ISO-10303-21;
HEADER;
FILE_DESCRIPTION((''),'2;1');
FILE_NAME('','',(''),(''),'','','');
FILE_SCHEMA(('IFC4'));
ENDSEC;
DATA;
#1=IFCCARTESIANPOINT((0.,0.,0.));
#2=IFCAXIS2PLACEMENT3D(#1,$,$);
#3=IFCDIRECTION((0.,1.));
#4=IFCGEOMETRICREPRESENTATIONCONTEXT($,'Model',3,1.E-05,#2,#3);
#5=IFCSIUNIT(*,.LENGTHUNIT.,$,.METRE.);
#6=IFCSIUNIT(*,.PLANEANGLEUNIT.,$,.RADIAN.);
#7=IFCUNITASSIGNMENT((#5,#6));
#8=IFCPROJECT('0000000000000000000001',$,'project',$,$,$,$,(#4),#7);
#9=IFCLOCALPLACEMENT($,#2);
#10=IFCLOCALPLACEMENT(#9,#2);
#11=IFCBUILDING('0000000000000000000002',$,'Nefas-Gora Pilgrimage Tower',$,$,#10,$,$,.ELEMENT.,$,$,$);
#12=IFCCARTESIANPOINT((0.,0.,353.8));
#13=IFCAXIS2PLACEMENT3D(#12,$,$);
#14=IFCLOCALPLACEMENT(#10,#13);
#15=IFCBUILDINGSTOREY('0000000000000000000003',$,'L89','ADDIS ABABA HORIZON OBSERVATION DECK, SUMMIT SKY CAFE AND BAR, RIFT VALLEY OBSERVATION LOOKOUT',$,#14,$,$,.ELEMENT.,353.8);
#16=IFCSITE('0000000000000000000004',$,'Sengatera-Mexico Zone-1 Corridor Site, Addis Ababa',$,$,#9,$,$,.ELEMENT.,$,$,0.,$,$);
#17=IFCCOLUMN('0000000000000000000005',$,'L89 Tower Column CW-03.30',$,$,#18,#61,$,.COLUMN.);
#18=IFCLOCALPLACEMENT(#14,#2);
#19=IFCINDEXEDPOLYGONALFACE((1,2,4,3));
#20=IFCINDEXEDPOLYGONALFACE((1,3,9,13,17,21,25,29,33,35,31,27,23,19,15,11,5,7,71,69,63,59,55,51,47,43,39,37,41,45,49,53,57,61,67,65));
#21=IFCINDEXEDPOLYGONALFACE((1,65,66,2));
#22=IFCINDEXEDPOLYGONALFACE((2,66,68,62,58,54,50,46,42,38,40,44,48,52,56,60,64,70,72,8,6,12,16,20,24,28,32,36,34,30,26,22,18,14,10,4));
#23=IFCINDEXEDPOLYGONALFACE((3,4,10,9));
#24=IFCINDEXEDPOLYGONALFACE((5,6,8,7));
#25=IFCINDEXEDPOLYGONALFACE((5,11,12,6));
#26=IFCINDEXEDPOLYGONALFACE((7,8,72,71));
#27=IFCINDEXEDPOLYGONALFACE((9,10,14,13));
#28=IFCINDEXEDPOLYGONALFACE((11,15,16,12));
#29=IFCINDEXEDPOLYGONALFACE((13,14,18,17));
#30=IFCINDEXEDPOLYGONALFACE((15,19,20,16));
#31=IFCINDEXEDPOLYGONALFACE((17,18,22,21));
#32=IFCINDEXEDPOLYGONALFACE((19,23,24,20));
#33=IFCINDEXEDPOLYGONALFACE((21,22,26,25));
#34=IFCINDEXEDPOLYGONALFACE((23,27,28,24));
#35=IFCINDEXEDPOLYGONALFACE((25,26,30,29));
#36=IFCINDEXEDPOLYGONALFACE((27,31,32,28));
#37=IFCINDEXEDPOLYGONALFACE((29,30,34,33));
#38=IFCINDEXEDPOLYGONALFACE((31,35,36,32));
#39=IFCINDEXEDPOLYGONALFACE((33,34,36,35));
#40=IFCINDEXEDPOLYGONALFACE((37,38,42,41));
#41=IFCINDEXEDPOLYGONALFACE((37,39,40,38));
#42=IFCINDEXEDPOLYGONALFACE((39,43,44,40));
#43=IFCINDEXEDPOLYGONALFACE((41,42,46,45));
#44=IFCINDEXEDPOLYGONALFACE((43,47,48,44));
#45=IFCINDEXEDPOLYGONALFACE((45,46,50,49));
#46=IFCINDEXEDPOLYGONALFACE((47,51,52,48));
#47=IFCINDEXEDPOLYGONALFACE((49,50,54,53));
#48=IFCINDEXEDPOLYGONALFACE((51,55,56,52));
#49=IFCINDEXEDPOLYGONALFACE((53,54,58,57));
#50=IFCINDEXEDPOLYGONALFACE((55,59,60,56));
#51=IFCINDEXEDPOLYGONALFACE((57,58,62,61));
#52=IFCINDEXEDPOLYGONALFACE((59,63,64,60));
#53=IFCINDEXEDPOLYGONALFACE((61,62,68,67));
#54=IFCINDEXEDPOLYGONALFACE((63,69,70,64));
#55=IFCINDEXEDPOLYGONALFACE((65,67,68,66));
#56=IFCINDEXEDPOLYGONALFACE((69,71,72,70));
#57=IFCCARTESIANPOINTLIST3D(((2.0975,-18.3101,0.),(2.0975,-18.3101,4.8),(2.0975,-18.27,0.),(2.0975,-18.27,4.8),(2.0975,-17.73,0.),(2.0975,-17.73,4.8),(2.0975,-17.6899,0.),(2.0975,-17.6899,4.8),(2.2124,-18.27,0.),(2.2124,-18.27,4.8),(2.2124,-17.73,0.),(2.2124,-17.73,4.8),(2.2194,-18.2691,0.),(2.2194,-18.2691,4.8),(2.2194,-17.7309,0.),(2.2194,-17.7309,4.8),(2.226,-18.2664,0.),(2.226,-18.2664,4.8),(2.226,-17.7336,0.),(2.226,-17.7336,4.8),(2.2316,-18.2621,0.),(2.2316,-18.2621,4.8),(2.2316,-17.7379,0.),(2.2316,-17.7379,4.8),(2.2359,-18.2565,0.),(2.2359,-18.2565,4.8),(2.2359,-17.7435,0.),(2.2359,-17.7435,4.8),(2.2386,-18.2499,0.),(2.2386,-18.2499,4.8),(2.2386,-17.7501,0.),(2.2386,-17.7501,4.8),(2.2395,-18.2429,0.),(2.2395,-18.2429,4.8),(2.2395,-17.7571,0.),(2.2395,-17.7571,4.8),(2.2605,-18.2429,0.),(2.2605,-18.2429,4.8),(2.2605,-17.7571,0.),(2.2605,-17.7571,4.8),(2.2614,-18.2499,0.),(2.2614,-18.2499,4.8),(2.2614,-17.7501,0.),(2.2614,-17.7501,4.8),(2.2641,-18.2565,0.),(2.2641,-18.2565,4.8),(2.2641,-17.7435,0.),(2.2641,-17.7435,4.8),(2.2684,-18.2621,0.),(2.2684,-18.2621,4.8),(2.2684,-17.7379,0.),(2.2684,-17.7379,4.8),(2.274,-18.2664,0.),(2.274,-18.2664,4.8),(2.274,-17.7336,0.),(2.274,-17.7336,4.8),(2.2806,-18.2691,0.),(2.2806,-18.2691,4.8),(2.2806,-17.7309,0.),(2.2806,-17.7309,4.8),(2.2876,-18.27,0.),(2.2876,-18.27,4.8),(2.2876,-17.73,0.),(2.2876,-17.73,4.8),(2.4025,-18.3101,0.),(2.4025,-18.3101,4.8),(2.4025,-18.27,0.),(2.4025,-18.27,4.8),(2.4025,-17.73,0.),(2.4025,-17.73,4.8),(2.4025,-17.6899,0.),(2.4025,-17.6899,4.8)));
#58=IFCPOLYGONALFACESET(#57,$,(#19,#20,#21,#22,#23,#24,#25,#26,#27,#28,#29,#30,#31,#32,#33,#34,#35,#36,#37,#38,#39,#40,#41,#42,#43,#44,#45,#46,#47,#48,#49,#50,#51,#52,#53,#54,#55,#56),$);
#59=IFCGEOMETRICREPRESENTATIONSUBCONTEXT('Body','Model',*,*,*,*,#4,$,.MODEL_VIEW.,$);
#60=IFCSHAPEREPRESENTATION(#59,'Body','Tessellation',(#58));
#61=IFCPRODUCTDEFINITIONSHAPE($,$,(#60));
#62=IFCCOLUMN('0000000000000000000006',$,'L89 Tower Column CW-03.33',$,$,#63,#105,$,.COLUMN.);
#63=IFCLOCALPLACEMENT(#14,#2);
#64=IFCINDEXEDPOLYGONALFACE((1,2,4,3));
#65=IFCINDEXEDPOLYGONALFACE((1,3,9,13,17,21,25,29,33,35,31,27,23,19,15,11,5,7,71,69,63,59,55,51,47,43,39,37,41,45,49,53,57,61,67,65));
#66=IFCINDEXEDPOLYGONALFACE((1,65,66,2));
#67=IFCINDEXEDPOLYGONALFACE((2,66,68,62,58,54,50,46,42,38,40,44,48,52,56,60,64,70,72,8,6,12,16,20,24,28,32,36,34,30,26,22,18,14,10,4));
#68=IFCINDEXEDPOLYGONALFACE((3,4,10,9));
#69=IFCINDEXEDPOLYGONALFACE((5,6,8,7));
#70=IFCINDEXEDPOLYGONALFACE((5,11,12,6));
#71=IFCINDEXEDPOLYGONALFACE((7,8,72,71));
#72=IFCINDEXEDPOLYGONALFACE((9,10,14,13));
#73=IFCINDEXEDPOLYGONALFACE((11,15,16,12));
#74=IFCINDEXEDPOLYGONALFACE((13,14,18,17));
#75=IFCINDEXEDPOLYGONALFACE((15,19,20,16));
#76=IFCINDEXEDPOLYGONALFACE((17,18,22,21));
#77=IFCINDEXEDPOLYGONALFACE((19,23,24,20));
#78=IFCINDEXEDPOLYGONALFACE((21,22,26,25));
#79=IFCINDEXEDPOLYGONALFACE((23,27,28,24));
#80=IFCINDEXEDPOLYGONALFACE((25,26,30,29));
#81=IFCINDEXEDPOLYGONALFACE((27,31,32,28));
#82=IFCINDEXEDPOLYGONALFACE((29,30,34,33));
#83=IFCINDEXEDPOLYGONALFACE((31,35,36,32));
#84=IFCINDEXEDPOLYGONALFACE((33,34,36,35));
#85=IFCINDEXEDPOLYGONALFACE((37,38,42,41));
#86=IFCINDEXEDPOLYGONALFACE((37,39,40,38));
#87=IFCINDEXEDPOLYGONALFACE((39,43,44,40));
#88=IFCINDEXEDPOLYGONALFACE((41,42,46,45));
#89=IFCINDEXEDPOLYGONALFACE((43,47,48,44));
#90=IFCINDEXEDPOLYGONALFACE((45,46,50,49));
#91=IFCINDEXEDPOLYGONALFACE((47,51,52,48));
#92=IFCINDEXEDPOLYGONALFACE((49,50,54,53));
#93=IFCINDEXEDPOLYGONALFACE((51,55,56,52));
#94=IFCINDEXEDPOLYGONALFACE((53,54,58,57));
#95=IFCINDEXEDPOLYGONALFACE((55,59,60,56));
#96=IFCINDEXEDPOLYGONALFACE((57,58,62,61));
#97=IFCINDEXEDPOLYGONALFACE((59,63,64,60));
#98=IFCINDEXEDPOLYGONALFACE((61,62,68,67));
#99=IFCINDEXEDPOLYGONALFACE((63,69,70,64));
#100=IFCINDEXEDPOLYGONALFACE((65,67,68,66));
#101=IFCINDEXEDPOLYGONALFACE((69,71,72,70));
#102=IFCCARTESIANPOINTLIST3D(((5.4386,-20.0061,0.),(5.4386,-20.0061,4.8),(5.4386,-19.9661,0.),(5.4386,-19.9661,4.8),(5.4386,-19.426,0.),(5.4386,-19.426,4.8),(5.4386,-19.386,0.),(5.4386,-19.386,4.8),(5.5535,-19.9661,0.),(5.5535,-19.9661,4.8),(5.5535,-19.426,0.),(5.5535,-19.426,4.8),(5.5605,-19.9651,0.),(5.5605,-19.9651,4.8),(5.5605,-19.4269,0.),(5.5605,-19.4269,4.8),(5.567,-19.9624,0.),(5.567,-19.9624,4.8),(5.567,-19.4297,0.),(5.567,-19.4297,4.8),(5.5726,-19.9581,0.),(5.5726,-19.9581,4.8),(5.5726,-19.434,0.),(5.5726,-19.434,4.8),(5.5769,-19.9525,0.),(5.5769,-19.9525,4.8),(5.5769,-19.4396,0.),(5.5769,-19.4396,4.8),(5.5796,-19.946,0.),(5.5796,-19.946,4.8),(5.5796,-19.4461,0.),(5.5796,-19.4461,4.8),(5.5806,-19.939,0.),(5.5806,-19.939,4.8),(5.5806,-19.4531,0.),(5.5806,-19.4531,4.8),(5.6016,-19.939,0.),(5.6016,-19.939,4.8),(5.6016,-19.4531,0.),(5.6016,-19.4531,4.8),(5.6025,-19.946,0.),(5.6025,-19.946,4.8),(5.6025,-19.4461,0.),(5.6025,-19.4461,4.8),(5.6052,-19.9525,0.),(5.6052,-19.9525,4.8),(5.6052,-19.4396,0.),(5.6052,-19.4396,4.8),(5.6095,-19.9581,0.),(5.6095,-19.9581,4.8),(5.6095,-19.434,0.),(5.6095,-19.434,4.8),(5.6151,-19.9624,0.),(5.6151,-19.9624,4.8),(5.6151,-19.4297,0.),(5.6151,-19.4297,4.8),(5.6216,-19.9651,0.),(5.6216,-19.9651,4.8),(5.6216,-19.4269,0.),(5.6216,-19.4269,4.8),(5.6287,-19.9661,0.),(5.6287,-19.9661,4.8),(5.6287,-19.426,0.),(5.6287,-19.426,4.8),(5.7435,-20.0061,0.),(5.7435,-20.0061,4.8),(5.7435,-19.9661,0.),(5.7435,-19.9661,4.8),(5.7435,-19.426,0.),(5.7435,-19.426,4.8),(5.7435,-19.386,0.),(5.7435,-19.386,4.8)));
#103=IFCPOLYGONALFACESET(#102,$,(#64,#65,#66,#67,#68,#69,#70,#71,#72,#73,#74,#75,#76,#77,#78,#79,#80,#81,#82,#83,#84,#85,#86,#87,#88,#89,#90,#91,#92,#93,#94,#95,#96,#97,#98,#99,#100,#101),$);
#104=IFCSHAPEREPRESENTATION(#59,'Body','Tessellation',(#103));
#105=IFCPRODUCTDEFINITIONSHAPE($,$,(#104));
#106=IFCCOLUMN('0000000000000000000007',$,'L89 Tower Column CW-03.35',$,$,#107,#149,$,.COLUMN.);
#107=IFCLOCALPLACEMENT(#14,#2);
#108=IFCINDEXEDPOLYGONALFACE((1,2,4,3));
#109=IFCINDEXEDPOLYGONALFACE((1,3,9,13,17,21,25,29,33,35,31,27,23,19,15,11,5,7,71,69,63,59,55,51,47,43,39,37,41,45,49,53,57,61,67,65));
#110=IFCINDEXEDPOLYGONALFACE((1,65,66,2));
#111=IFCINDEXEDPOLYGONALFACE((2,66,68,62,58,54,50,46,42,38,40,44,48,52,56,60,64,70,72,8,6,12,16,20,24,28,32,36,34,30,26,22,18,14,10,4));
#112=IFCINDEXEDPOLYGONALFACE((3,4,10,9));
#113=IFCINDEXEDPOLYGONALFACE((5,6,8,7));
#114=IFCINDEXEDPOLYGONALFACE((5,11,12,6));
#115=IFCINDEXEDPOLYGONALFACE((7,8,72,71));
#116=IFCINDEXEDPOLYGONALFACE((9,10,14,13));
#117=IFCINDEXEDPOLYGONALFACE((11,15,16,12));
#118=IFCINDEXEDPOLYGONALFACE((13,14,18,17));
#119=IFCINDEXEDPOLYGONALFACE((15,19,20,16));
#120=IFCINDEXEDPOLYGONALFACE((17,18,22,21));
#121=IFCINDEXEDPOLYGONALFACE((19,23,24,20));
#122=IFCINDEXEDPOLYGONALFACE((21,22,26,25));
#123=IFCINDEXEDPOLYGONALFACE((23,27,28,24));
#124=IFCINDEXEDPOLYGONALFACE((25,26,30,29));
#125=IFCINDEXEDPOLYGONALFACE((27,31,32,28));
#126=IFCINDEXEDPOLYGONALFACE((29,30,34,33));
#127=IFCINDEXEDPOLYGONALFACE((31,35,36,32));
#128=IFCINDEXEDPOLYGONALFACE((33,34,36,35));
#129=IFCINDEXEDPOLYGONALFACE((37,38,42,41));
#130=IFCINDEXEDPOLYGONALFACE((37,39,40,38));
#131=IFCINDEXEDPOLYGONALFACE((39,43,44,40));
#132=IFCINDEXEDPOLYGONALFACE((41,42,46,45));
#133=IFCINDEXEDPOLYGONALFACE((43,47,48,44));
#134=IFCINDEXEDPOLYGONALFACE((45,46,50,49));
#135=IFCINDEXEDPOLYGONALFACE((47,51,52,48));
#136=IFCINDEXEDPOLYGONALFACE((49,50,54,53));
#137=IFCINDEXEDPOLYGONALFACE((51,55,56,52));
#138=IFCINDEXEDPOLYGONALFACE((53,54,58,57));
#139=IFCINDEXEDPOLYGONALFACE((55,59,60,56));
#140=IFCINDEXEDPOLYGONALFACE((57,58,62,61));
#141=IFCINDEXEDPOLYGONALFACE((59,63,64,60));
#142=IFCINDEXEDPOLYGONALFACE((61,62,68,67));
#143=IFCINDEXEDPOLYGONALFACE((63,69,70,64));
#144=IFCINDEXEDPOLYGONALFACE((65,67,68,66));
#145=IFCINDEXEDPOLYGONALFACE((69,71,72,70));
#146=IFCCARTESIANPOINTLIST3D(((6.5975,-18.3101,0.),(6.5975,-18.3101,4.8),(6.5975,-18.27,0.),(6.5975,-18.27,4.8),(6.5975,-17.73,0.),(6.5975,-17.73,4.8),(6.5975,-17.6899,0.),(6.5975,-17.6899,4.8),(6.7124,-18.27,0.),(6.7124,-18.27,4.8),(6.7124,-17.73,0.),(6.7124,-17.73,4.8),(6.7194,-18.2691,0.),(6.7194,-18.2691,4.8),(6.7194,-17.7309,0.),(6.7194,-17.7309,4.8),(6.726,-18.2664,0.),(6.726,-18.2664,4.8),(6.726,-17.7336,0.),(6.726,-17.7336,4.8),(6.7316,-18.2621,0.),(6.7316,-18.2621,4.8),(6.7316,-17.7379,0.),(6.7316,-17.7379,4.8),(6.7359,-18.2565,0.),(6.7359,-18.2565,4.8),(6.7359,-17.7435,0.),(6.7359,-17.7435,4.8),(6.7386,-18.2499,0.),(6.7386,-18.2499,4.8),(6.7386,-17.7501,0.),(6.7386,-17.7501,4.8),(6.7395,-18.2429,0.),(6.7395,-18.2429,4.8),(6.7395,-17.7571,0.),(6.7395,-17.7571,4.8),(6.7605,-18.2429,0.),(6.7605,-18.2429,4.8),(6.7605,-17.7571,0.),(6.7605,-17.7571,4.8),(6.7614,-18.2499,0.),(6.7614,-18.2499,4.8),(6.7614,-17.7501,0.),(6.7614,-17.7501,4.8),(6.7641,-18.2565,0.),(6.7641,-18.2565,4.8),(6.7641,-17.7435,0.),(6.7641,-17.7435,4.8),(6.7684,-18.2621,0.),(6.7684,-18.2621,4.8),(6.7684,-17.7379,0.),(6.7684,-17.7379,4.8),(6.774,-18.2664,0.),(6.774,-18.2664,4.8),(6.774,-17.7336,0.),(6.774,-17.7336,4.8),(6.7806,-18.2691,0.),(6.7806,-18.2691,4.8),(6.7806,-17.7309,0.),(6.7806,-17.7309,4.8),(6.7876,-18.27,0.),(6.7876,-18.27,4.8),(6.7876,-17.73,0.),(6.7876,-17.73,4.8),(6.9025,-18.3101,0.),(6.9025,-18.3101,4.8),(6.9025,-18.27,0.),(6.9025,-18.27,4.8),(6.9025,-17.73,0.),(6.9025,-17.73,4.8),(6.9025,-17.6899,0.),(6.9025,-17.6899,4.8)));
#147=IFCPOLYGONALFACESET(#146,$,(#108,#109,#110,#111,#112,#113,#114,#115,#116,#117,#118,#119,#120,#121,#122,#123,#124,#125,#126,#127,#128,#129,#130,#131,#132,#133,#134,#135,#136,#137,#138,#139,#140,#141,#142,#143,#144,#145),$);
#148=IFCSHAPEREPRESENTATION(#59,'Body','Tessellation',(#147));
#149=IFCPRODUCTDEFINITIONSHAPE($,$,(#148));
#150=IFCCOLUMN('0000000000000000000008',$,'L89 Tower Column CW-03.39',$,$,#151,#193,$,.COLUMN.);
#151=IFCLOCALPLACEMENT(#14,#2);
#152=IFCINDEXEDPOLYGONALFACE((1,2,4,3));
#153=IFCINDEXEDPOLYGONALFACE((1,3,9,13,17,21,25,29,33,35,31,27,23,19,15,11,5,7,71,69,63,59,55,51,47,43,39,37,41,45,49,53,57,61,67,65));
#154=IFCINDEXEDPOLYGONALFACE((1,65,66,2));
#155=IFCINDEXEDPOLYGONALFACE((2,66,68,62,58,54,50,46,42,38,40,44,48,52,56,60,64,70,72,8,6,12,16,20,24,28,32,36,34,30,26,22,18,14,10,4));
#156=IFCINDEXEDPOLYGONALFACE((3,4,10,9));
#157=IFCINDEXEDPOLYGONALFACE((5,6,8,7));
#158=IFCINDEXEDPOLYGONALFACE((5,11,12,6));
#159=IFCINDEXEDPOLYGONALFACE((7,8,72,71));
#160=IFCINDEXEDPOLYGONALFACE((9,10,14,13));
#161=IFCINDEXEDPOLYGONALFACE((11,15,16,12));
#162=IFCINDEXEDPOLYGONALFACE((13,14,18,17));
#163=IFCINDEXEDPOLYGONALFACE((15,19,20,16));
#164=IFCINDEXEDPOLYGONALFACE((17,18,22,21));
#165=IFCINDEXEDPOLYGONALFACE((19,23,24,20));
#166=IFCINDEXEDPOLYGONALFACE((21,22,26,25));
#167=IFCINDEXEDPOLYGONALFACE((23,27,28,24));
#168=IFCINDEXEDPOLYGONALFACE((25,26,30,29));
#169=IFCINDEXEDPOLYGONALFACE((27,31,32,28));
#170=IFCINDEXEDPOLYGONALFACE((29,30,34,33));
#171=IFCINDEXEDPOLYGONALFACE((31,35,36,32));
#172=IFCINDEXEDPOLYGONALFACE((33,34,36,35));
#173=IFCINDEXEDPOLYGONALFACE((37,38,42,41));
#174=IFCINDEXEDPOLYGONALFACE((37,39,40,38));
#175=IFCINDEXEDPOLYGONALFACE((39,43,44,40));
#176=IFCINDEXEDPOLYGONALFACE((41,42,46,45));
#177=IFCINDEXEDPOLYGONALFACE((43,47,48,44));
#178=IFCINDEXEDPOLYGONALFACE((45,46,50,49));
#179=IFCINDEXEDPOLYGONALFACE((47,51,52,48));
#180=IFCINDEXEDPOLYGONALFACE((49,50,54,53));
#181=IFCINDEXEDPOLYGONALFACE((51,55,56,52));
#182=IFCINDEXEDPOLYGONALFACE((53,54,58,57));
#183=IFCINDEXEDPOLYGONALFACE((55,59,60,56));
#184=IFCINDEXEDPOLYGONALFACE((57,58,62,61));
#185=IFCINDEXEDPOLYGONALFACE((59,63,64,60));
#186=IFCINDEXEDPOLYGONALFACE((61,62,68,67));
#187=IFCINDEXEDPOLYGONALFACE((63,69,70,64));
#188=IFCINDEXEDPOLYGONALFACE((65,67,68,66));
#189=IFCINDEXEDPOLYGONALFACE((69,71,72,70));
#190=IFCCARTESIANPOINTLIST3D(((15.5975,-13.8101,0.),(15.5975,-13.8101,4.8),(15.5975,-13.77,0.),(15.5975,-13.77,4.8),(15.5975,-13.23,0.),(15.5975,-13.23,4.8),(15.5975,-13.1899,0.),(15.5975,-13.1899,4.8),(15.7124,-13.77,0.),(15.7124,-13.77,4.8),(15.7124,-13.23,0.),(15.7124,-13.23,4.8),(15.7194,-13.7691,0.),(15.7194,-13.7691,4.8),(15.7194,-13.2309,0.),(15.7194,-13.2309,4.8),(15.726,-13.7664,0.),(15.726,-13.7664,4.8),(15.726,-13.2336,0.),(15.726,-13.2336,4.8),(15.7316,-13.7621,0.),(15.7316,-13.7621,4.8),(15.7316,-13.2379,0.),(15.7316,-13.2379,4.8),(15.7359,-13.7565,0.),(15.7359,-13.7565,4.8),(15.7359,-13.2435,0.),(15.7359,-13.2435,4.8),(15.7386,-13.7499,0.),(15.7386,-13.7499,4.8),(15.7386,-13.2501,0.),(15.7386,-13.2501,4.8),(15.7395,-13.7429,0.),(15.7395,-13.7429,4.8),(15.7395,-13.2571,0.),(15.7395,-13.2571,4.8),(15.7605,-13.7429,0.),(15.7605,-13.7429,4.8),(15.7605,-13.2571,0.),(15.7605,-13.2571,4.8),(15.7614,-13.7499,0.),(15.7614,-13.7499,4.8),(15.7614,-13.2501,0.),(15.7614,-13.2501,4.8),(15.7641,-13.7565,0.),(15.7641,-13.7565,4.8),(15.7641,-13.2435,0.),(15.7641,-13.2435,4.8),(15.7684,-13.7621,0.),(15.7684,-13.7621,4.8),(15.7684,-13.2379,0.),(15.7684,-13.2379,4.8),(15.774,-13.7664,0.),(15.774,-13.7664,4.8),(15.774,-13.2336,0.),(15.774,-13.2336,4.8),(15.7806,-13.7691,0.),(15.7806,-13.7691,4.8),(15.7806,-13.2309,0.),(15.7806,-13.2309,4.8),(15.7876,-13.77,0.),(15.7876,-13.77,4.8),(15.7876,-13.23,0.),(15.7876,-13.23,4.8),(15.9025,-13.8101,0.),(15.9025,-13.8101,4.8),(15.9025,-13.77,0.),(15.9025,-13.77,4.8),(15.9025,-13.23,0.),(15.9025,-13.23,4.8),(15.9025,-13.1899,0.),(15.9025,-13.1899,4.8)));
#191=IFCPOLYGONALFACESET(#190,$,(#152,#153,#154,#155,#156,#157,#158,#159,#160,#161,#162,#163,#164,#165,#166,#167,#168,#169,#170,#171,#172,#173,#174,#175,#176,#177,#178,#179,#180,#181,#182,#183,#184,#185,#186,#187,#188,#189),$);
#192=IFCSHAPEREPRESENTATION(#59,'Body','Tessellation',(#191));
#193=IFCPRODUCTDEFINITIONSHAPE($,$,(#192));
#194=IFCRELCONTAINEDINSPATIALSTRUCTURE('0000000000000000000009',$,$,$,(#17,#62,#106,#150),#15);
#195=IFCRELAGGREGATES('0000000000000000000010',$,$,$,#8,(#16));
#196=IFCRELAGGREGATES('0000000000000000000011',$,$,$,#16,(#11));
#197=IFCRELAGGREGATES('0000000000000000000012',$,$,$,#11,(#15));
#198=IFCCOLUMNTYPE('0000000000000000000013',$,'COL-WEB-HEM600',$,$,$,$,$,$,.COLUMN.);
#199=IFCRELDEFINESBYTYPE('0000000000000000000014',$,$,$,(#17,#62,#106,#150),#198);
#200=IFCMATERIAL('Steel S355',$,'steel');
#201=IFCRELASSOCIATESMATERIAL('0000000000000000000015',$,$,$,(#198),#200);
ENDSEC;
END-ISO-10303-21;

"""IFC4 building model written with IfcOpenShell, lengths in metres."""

from ifc_helpers import new_model, si_unit, direction, frame, origin, origin_2d, place, context, subcontext, project, spatial, i_section, extrude, source, transform, mapped, material, material_profile, profile_set, type_object, element, save


model = new_model("IFC4")

# Units and contexts
model_context = context("Model", 3, precision=1e-05, world=origin(), true_north=direction((0.0, 1.0)))
body_context = subcontext(model_context, "Body", "Model", "MODEL_VIEW")
ifc_project = project(units=[si_unit("LENGTHUNIT", "METRE"), si_unit("PLANEANGLEUNIT", "RADIAN")], contexts=[model_context])

# Site, building, storey
site_placement = place(None, origin())
site = spatial("IfcSite", under=ifc_project, at=site_placement, Name="Sengatera-Mexico Zone-1 Corridor Site, Addis Ababa", CompositionType="ELEMENT", RefElevation=0.0)
building_placement = place(site_placement, origin())
building = spatial("IfcBuilding", under=site, at=building_placement, Name="Nefas-Gora Pilgrimage Tower", CompositionType="ELEMENT")
storey_placement = place(building_placement, frame((0.0, 0.0, 353.8)))
storey = spatial("IfcBuildingStorey", under=building, at=storey_placement, Name="L89", Description="ADDIS ABABA HORIZON OBSERVATION DECK, SUMMIT SKY CAFE AND BAR, RIFT VALLEY OBSERVATION LOOKOUT", CompositionType="ELEMENT", Elevation=353.8)

# Columns
ifc_material_1 = material(Name="Steel S355", Category="steel")
ifc_material_profile_1 = material_profile(ifc_material_1, i_section(OverallWidth=0.3049, OverallDepth=0.6201, WebThickness=0.021, FlangeThickness=0.04, FilletRadius=0.0271, at=origin_2d()), Name="HEM 600")
ifc_profile_set_1 = profile_set([ifc_material_profile_1], Name="Steel S355")
column_type_1 = type_object("IfcColumnType", Name="COL-WEB-HEM600", PredefinedType="COLUMN", material=ifc_profile_set_1)
shared_shape_1 = source(origin(), body_context, "Body", "SweptSolid", [
    extrude(i_section(OverallWidth=0.3049, OverallDepth=0.6201, WebThickness=0.021, FlangeThickness=0.04, FilletRadius=0.0271, at=origin_2d()), origin(), (0.0, 0.0, 1.0), 4.8),
])
for number, where, z_axis, x_axis, name in (
    (1, (2.25, -18.0, 0.0), (0.0, 0.0, 1.0), (1.0, 0.0, 0.0), "L89 Tower Column CW-03.30"),
    (2, (5.5911, -19.696, 0.0), (0.0, 0.0, 1.0), (1.0, 0.0, 0.0), "L89 Tower Column CW-03.33"),
    (3, (6.75, -18.0, 0.0), (0.0, 0.0, 1.0), (1.0, 0.0, 0.0), "L89 Tower Column CW-03.35"),
    (4, (15.75, -13.5, 0.0), (0.0, 0.0, 1.0), (1.0, 0.0, 0.0), "L89 Tower Column CW-03.39"),
):
    element("IfcColumn", number, at=place(storey_placement, frame(where, z_axis=z_axis, x_axis=x_axis)), inside=storey, type_object=column_type_1, Name=name, PredefinedType="COLUMN", context=body_context, shape_type="MappedRepresentation", body=[
        mapped(shared_shape_1, transform((0.0, 0.0, 0.0), x_axis=(1.0, 0.0, 0.0), y_axis=(0.0, 1.0, 0.0), z_axis=(0.0, 0.0, 1.0), scale=1.0)),
    ])

save(model, "model.ifc")
